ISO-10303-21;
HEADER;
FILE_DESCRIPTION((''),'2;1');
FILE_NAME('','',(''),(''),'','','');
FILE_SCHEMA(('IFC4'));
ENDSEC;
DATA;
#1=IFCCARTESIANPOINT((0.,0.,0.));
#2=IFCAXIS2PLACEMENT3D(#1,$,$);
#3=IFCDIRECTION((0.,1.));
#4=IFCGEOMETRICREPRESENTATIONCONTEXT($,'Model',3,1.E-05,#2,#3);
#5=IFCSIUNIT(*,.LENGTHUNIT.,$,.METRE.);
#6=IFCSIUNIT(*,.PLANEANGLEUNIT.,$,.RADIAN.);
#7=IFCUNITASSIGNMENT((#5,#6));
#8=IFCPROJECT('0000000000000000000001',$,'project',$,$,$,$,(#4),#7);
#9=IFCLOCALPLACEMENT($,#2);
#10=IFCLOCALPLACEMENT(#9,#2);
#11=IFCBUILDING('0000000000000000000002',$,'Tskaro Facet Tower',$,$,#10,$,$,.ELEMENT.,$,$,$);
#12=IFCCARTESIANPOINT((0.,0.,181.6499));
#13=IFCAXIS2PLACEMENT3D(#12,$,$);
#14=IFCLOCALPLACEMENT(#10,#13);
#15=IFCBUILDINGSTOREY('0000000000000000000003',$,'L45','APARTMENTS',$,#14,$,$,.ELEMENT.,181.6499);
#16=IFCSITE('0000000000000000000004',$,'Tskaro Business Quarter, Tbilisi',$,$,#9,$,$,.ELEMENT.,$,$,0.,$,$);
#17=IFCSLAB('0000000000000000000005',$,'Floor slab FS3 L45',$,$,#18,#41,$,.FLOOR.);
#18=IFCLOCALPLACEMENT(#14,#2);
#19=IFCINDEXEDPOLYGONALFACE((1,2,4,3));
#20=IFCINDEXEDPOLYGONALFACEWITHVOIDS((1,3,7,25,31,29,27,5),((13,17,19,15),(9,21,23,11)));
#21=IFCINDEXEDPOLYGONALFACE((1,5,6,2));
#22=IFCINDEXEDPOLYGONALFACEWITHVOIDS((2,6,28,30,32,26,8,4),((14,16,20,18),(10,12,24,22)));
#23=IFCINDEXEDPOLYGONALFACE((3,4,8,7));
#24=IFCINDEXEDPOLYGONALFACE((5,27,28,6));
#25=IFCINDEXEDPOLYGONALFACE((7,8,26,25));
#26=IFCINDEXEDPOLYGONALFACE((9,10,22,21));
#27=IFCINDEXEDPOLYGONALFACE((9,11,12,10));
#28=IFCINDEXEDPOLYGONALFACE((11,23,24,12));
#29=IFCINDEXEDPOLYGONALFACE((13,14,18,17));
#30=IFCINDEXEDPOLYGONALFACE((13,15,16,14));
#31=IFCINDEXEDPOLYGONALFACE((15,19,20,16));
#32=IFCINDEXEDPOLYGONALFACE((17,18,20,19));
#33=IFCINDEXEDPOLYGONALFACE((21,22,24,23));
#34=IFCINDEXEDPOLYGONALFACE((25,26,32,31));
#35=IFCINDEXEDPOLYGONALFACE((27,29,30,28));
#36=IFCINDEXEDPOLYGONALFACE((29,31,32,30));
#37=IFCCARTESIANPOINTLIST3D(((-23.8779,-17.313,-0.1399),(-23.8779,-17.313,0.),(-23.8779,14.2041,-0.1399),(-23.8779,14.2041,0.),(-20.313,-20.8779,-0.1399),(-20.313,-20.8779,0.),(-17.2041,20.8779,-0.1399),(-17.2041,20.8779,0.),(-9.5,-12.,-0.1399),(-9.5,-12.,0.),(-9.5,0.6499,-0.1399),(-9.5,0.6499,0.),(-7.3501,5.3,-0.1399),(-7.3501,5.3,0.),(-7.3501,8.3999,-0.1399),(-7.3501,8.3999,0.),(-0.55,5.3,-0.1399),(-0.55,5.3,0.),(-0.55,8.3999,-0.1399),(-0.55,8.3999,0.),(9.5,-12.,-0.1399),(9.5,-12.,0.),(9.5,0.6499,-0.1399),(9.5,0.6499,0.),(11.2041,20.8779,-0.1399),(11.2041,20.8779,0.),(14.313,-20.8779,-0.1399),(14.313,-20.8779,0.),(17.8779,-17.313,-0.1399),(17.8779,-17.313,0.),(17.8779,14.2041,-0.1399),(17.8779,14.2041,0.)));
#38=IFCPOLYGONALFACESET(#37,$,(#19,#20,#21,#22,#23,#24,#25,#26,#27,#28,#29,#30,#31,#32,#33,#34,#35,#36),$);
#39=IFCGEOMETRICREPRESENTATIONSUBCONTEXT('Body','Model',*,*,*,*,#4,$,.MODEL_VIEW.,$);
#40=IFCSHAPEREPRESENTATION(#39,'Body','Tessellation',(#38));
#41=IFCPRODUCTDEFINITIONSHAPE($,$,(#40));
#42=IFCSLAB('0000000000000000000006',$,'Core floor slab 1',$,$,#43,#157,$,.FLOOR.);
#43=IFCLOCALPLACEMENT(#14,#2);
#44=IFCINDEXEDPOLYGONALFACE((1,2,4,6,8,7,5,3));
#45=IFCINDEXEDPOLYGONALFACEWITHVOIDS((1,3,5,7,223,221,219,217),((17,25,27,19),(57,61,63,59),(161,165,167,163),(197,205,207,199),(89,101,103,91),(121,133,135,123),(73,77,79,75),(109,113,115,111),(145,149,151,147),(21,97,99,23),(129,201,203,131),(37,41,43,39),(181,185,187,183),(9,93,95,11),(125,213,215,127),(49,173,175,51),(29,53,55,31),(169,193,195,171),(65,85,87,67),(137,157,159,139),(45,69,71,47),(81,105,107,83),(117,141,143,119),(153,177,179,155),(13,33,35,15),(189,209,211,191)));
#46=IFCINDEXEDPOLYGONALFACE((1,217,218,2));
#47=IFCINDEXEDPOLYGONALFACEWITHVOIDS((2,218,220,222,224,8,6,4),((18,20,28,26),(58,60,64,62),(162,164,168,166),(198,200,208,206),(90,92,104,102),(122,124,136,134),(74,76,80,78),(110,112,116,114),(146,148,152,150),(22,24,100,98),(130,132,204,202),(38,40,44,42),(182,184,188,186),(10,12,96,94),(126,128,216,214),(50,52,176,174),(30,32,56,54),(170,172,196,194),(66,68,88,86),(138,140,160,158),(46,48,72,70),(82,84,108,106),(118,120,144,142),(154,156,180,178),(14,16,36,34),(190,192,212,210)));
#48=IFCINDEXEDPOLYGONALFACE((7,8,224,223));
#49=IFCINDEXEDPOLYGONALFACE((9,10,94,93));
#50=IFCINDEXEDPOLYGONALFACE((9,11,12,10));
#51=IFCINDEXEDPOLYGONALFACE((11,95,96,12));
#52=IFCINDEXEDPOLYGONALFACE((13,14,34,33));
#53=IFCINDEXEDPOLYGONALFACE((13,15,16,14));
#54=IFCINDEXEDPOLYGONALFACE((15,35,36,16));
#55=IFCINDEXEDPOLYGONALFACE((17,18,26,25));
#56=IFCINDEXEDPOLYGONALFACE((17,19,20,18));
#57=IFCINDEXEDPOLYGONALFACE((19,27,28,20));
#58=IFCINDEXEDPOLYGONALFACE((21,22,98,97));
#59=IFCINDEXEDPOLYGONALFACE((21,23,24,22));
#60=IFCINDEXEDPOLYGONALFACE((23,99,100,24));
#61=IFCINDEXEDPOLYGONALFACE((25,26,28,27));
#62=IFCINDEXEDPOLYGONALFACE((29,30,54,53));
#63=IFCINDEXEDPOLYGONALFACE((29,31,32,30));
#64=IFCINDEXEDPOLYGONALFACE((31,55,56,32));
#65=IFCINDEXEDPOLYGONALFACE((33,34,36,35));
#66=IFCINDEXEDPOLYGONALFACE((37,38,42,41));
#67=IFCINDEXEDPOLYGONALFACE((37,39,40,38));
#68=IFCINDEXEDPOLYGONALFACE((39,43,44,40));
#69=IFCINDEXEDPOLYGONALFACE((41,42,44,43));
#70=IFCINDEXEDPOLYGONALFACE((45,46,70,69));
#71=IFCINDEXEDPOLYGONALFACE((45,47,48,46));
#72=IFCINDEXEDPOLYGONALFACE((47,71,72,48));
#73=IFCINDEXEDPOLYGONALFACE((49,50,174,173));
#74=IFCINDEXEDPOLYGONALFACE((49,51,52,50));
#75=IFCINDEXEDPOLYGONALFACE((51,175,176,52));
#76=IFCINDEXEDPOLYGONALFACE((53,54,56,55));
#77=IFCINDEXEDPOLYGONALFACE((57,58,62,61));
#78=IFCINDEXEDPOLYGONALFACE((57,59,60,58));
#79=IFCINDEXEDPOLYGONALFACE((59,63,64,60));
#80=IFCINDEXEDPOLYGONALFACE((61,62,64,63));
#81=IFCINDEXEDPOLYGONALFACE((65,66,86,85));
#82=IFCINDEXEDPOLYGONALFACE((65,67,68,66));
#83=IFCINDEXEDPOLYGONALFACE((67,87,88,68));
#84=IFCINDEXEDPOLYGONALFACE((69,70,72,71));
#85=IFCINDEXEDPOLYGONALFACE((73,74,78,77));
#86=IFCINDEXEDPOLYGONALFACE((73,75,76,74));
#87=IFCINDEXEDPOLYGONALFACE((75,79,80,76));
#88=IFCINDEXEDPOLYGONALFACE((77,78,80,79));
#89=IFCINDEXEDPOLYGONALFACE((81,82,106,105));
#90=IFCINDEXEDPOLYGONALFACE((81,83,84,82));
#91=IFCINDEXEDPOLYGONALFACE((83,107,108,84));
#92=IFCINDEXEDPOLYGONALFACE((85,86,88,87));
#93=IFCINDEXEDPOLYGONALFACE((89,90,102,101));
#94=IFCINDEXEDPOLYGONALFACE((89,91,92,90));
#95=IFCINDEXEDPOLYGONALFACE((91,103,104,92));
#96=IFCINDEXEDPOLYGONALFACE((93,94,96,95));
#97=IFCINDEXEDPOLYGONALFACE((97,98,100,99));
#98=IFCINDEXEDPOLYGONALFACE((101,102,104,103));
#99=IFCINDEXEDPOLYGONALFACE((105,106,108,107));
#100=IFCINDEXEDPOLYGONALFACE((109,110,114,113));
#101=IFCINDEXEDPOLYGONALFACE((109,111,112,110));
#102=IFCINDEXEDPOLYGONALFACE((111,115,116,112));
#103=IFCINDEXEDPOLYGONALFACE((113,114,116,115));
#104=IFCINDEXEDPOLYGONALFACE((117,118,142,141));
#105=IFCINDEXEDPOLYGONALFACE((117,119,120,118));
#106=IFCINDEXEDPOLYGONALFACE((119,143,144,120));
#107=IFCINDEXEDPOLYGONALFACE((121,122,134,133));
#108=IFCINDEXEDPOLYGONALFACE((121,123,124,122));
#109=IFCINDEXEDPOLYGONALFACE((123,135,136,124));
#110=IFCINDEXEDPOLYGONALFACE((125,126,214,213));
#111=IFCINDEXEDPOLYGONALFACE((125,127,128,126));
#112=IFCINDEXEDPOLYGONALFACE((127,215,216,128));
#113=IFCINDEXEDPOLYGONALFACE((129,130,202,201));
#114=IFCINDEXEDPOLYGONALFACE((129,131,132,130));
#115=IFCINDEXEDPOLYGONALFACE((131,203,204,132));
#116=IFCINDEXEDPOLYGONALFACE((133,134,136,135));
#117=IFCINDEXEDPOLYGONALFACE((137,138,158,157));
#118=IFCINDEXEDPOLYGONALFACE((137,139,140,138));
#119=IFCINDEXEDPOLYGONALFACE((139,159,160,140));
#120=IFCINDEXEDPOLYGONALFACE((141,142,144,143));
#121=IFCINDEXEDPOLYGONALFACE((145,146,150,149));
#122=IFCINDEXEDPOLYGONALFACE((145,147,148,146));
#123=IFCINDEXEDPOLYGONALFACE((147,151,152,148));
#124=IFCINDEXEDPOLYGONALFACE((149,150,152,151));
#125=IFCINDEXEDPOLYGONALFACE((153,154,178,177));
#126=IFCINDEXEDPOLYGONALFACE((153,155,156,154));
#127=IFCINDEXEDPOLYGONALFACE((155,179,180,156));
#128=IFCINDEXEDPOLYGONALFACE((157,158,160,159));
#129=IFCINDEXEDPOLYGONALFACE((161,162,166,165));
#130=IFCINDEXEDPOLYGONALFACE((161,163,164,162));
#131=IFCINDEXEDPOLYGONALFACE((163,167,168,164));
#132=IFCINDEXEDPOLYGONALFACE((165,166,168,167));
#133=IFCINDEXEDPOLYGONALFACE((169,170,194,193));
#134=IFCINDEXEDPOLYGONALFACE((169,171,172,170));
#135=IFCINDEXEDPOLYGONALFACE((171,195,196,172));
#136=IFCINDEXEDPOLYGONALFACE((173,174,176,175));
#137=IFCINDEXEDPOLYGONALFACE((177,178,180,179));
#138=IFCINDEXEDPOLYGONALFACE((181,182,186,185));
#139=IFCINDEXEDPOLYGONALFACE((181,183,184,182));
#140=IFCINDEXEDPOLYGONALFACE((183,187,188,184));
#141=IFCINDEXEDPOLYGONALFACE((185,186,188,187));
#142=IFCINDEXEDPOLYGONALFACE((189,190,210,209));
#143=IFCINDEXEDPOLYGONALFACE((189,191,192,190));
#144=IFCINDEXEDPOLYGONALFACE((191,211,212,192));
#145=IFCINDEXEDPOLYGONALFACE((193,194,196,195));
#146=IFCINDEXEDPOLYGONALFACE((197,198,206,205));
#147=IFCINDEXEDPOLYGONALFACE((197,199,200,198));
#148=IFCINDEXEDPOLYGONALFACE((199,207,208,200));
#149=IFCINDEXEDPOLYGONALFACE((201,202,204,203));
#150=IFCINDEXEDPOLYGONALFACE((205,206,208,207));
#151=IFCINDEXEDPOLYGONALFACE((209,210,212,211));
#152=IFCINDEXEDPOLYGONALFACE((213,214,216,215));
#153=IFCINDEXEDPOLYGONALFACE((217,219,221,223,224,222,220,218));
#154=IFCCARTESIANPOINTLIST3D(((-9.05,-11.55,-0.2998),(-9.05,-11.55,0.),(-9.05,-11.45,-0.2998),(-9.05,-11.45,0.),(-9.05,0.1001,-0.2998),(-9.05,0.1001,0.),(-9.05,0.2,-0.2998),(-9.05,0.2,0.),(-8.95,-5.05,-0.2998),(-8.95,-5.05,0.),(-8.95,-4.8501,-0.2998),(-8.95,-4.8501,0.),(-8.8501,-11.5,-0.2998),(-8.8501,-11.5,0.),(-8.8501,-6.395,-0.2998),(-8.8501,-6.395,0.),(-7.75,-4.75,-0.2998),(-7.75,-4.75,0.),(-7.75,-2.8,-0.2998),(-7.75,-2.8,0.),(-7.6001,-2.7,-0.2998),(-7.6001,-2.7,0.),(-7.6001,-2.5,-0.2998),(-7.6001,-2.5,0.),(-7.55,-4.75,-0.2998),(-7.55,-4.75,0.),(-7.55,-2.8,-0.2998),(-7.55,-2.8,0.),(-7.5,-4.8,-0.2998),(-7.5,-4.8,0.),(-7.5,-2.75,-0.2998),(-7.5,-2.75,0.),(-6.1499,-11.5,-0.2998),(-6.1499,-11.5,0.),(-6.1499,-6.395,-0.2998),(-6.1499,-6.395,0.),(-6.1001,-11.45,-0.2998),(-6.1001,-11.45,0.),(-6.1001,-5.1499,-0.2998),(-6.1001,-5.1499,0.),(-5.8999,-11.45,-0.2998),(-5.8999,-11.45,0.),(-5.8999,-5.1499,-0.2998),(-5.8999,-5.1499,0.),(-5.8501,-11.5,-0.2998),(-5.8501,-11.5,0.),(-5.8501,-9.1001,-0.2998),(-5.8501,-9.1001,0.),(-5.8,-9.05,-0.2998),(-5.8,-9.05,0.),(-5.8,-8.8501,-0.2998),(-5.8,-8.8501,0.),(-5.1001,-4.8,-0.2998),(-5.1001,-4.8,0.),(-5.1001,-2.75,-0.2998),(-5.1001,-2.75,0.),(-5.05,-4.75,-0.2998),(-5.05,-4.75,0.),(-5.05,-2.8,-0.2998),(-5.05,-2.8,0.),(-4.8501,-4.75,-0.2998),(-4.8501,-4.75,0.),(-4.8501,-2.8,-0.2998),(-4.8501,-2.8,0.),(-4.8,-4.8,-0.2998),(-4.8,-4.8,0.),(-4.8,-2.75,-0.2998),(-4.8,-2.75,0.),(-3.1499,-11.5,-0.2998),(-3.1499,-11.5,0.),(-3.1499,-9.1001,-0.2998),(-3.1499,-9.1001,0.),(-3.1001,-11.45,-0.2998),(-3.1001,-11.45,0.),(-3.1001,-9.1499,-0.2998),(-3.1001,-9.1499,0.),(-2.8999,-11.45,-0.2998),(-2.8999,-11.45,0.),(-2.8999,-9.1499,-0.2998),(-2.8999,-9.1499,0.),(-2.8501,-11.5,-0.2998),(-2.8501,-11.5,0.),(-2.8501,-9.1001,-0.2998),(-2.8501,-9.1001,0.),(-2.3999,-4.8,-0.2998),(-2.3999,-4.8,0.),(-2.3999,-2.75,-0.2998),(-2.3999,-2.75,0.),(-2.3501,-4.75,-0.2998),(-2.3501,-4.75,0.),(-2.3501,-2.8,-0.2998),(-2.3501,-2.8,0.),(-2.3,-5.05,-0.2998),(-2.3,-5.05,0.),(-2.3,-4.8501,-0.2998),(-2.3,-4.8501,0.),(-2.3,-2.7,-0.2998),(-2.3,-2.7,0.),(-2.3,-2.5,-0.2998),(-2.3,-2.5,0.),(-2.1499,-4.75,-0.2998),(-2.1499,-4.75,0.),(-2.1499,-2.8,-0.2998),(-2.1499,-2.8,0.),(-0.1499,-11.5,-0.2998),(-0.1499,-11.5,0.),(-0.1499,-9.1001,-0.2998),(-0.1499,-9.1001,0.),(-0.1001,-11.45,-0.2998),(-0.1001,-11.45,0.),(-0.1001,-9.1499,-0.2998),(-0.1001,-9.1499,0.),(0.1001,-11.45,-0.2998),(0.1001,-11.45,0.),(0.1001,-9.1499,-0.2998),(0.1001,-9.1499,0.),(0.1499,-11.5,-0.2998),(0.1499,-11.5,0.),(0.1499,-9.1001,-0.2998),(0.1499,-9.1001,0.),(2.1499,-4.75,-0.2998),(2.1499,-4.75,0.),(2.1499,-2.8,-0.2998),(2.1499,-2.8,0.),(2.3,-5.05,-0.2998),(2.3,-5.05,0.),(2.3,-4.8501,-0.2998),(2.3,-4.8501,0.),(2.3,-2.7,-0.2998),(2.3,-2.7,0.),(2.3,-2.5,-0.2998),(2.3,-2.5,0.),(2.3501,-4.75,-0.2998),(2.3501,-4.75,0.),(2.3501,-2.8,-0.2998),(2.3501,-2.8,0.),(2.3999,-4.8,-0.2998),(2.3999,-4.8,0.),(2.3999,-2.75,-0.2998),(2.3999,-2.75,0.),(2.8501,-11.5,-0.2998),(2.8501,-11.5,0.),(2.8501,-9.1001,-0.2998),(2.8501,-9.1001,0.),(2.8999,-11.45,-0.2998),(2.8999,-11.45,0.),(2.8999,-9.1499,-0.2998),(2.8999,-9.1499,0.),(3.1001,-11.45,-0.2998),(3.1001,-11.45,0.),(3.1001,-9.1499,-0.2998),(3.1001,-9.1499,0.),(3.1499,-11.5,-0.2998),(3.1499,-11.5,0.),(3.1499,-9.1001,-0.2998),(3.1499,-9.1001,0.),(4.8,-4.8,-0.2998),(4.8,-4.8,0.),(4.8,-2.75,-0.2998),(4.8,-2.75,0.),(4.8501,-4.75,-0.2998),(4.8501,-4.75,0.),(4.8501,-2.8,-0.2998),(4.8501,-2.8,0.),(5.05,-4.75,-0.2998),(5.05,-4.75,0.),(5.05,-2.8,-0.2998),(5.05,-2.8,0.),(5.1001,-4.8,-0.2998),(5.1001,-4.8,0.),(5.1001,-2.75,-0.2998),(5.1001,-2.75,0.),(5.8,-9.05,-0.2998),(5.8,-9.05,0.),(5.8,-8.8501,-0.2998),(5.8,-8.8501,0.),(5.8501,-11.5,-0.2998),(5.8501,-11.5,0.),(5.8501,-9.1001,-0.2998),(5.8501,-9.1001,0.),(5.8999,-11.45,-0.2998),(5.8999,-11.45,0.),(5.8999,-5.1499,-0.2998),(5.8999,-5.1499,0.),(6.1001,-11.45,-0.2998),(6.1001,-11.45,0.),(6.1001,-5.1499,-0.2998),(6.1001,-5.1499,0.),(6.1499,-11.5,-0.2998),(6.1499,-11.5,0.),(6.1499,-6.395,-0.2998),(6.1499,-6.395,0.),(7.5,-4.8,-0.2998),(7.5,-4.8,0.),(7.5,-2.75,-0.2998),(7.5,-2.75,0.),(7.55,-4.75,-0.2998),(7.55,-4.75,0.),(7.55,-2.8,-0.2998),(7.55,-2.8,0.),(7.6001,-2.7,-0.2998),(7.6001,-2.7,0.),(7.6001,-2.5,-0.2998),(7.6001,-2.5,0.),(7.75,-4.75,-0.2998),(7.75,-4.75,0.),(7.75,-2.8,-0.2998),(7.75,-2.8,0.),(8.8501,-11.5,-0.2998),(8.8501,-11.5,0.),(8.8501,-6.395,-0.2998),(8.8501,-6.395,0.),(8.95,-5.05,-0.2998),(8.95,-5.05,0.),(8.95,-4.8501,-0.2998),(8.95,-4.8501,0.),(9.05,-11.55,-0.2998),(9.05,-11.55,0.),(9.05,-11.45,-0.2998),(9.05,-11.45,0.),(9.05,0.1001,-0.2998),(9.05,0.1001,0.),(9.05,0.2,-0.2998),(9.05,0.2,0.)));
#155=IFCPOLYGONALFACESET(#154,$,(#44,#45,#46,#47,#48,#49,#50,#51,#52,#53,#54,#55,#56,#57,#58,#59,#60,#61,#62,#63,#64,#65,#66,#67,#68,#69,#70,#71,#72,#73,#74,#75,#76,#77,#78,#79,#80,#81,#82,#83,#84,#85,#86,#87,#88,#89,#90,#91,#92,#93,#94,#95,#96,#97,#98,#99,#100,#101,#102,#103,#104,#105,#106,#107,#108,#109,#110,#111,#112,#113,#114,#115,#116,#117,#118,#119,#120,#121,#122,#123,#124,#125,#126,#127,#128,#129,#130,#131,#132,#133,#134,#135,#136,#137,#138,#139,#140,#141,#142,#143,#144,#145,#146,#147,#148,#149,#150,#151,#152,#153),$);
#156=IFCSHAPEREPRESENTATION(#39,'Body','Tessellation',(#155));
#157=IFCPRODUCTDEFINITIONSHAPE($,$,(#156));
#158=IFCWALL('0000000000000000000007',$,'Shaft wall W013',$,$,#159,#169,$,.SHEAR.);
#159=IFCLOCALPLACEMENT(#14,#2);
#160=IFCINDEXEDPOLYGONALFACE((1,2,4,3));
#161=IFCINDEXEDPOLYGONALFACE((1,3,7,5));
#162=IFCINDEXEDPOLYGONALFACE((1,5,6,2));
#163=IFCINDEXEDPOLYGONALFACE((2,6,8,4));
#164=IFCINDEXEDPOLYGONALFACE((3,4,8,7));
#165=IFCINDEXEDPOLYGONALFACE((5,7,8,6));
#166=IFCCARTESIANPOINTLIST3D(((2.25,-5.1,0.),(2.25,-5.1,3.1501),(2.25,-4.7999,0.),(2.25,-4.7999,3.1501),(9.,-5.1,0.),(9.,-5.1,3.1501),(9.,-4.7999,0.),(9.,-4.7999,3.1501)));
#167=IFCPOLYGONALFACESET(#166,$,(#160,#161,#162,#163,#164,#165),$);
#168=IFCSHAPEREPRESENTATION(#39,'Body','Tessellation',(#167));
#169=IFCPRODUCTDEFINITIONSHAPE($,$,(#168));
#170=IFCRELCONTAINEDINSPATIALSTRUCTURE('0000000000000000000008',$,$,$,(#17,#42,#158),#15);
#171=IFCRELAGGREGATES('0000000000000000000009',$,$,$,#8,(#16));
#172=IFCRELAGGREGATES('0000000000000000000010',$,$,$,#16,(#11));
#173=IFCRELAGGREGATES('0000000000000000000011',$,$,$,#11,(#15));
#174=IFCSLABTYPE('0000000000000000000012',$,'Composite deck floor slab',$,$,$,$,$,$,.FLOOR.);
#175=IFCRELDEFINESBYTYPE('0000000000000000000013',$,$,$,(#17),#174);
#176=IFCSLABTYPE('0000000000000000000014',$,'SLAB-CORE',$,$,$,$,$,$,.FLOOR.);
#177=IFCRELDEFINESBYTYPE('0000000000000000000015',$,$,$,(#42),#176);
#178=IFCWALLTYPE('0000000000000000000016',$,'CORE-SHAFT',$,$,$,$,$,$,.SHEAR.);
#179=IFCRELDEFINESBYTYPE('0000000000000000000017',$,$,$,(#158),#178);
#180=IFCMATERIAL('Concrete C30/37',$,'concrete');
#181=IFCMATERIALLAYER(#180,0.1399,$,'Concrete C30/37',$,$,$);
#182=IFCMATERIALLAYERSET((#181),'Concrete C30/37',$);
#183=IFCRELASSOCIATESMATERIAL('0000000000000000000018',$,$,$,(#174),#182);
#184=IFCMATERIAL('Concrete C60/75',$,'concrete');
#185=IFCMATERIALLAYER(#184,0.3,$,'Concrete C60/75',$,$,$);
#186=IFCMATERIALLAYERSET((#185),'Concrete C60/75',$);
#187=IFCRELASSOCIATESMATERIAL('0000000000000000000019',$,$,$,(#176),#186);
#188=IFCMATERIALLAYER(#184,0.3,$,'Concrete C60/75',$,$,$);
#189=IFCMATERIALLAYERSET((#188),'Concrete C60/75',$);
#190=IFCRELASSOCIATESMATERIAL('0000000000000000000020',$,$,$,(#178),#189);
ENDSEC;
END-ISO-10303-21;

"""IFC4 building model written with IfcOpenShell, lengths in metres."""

from ifc_helpers import new_model, si_unit, direction, frame, frame_2d, origin, place, context, subcontext, project, spatial, polyline, rectangle, outline, extrude, material, layer, layer_set, type_object, element, save


model = new_model("IFC4")

# Units and contexts
model_context = context("Model", 3, precision=1e-05, world=origin(), true_north=direction((0.0, 1.0)))
body_context = subcontext(model_context, "Body", "Model", "MODEL_VIEW")
ifc_project = project(units=[si_unit("LENGTHUNIT", "METRE"), si_unit("PLANEANGLEUNIT", "RADIAN")], contexts=[model_context])

# Site, building, storey
site_placement = place(None, origin())
site = spatial("IfcSite", under=ifc_project, at=site_placement, Name="Tskaro Business Quarter, Tbilisi", CompositionType="ELEMENT", RefElevation=0.0)
building_placement = place(site_placement, origin())
building = spatial("IfcBuilding", under=site, at=building_placement, Name="Tskaro Facet Tower", CompositionType="ELEMENT")
storey_placement = place(building_placement, frame((0.0, 0.0, 181.6499)))
storey = spatial("IfcBuildingStorey", under=building, at=storey_placement, Name="L45", Description="APARTMENTS", CompositionType="ELEMENT", Elevation=181.6499)

# Slabs
ifc_material_1 = material(Name="Concrete C30/37", Category="concrete")
ifc_layer_1 = layer(ifc_material_1, 0.1399, Name="Concrete C30/37")
ifc_layer_set_1 = layer_set([ifc_layer_1], Name="Concrete C30/37")
slab_type_1 = type_object("IfcSlabType", Name="Composite deck floor slab", PredefinedType="FLOOR", material=ifc_layer_set_1)
slab_1_placement = place(storey_placement, frame((0.0, 0.0, -0.1399)))
element("IfcSlab", 1, at=slab_1_placement, inside=storey, type_object=slab_type_1, Name="Floor slab FS3 L45", PredefinedType="FLOOR", context=body_context, shape_type="SweptSolid", body=[
    extrude(outline(polyline([(-20.313, -20.8779), (14.313, -20.8779), (17.8779, -17.313), (17.8779, 14.2041), (11.2041, 20.8779), (-17.2041, 20.8779), (-23.8779, 14.2041), (-23.8779, -17.313), (-20.313, -20.8779)]), holes=[polyline([(-9.5, -12.0), (9.5, -12.0), (9.5, 0.6499), (-9.5, 0.6499), (-9.5, -12.0)]), polyline([(-7.3501, 5.3), (-0.55, 5.3), (-0.55, 8.3999), (-7.3501, 8.3999), (-7.3501, 5.3)])]), origin(), (0.0, 0.0, 1.0), 0.1399),
])
ifc_material_2 = material(Name="Concrete C60/75", Category="concrete")
ifc_layer_2 = layer(ifc_material_2, 0.3, Name="Concrete C60/75")
ifc_layer_set_2 = layer_set([ifc_layer_2], Name="Concrete C60/75")
slab_type_2 = type_object("IfcSlabType", Name="SLAB-CORE", PredefinedType="FLOOR", material=ifc_layer_set_2)
slab_2_placement = place(storey_placement, frame((0.0, 0.0, -0.2998)))
element("IfcSlab", 2, at=slab_2_placement, inside=storey, type_object=slab_type_2, Name="Core floor slab 1", PredefinedType="FLOOR", context=body_context, shape_type="SweptSolid", body=[
    extrude(outline(polyline([(-9.05, 0.2), (9.05, 0.2), (9.05, 0.1001), (9.05, -11.45), (9.05, -11.55), (-9.05, -11.55), (-9.05, -11.45), (-9.05, 0.1001), (-9.05, 0.2)]), holes=[polyline([(-5.8501, -9.1001), (-5.8501, -11.5), (-3.1499, -11.5), (-3.1499, -9.1001), (-5.8501, -9.1001)]), polyline([(-3.1001, -11.45), (-2.8999, -11.45), (-2.8999, -9.1499), (-3.1001, -9.1499), (-3.1001, -11.45)]), polyline([(-2.8501, -9.1001), (-2.8501, -11.5), (-0.1499, -11.5), (-0.1499, -9.1001), (-2.8501, -9.1001)]), polyline([(-6.1001, -11.45), (-5.8999, -11.45), (-5.8999, -5.1499), (-6.1001, -5.1499), (-6.1001, -11.45)]), polyline([(-8.95, -5.05), (-2.3, -5.05), (-2.3, -4.8501), (-8.95, -4.8501), (-8.95, -5.05)]), polyline([(-7.75, -4.75), (-7.55, -4.75), (-7.55, -2.8), (-7.75, -2.8), (-7.75, -4.75)]), polyline([(-7.5, -2.75), (-7.5, -4.8), (-5.1001, -4.8), (-5.1001, -2.75), (-7.5, -2.75)]), polyline([(-5.05, -4.75), (-4.8501, -4.75), (-4.8501, -2.8), (-5.05, -2.8), (-5.05, -4.75)]), polyline([(-2.3999, -2.75), (-4.8, -2.75), (-4.8, -4.8), (-2.3999, -4.8), (-2.3999, -2.75)]), polyline([(-2.3501, -4.75), (-2.1499, -4.75), (-2.1499, -2.8), (-2.3501, -2.8), (-2.3501, -4.75)]), polyline([(-7.6001, -2.7), (-2.3, -2.7), (-2.3, -2.5), (-7.6001, -2.5), (-7.6001, -2.7)]), polyline([(-0.1001, -11.45), (0.1001, -11.45), (0.1001, -9.1499), (-0.1001, -9.1499), (-0.1001, -11.45)]), polyline([(0.1499, -9.1001), (0.1499, -11.5), (2.8501, -11.5), (2.8501, -9.1001), (0.1499, -9.1001)]), polyline([(2.8999, -11.45), (3.1001, -11.45), (3.1001, -9.1499), (2.8999, -9.1499), (2.8999, -11.45)]), polyline([(3.1499, -9.1001), (3.1499, -11.5), (5.8501, -11.5), (5.8501, -9.1001), (3.1499, -9.1001)]), polyline([(-5.8, -9.05), (5.8, -9.05), (5.8, -8.8501), (-5.8, -8.8501), (-5.8, -9.05)]), polyline([(5.8999, -11.45), (6.1001, -11.45), (6.1001, -5.1499), (5.8999, -5.1499), (5.8999, -11.45)]), polyline([(2.3, -5.05), (8.95, -5.05), (8.95, -4.8501), (2.3, -4.8501), (2.3, -5.05)]), polyline([(2.1499, -4.75), (2.3501, -4.75), (2.3501, -2.8), (2.1499, -2.8), (2.1499, -4.75)]), polyline([(2.3999, -2.75), (2.3999, -4.8), (4.8, -4.8), (4.8, -2.75), (2.3999, -2.75)]), polyline([(4.8501, -4.75), (5.05, -4.75), (5.05, -2.8), (4.8501, -2.8), (4.8501, -4.75)]), polyline([(5.1001, -4.8), (7.5, -4.8), (7.5, -2.75), (5.1001, -2.75), (5.1001, -4.8)]), polyline([(7.55, -4.75), (7.75, -4.75), (7.75, -2.8), (7.55, -2.8), (7.55, -4.75)]), polyline([(2.3, -2.7), (7.6001, -2.7), (7.6001, -2.5), (2.3, -2.5), (2.3, -2.7)]), polyline([(-8.8501, -11.5), (-6.1499, -11.5), (-6.1499, -6.395), (-8.8501, -6.395), (-8.8501, -11.5)]), polyline([(6.1499, -6.395), (6.1499, -11.5), (8.8501, -11.5), (8.8501, -6.395), (6.1499, -6.395)])]), origin(), (0.0, 0.0, 1.0), 0.2998),
])

# Wall
ifc_layer_3 = layer(ifc_material_2, 0.3, Name="Concrete C60/75")
ifc_layer_set_3 = layer_set([ifc_layer_3], Name="Concrete C60/75")
wall_type_1 = type_object("IfcWallType", Name="CORE-SHAFT", PredefinedType="SHEAR", material=ifc_layer_set_3)
wall_1_placement = place(storey_placement, frame((2.25, -4.95, 0.0), z_axis=(0.0, 0.0, 1.0), x_axis=(1.0, 0.0, 0.0)))
element("IfcWall", 3, at=wall_1_placement, inside=storey, type_object=wall_type_1, Name="Shaft wall W013", PredefinedType="SHEAR", context=body_context, shape_type="SweptSolid", body=[
    extrude(rectangle(XDim=6.75, YDim=0.3, at=frame_2d((3.375, 0.0))), origin(), (0.0, 0.0, 1.0), 3.1501),
])

save(model, "model.ifc")
